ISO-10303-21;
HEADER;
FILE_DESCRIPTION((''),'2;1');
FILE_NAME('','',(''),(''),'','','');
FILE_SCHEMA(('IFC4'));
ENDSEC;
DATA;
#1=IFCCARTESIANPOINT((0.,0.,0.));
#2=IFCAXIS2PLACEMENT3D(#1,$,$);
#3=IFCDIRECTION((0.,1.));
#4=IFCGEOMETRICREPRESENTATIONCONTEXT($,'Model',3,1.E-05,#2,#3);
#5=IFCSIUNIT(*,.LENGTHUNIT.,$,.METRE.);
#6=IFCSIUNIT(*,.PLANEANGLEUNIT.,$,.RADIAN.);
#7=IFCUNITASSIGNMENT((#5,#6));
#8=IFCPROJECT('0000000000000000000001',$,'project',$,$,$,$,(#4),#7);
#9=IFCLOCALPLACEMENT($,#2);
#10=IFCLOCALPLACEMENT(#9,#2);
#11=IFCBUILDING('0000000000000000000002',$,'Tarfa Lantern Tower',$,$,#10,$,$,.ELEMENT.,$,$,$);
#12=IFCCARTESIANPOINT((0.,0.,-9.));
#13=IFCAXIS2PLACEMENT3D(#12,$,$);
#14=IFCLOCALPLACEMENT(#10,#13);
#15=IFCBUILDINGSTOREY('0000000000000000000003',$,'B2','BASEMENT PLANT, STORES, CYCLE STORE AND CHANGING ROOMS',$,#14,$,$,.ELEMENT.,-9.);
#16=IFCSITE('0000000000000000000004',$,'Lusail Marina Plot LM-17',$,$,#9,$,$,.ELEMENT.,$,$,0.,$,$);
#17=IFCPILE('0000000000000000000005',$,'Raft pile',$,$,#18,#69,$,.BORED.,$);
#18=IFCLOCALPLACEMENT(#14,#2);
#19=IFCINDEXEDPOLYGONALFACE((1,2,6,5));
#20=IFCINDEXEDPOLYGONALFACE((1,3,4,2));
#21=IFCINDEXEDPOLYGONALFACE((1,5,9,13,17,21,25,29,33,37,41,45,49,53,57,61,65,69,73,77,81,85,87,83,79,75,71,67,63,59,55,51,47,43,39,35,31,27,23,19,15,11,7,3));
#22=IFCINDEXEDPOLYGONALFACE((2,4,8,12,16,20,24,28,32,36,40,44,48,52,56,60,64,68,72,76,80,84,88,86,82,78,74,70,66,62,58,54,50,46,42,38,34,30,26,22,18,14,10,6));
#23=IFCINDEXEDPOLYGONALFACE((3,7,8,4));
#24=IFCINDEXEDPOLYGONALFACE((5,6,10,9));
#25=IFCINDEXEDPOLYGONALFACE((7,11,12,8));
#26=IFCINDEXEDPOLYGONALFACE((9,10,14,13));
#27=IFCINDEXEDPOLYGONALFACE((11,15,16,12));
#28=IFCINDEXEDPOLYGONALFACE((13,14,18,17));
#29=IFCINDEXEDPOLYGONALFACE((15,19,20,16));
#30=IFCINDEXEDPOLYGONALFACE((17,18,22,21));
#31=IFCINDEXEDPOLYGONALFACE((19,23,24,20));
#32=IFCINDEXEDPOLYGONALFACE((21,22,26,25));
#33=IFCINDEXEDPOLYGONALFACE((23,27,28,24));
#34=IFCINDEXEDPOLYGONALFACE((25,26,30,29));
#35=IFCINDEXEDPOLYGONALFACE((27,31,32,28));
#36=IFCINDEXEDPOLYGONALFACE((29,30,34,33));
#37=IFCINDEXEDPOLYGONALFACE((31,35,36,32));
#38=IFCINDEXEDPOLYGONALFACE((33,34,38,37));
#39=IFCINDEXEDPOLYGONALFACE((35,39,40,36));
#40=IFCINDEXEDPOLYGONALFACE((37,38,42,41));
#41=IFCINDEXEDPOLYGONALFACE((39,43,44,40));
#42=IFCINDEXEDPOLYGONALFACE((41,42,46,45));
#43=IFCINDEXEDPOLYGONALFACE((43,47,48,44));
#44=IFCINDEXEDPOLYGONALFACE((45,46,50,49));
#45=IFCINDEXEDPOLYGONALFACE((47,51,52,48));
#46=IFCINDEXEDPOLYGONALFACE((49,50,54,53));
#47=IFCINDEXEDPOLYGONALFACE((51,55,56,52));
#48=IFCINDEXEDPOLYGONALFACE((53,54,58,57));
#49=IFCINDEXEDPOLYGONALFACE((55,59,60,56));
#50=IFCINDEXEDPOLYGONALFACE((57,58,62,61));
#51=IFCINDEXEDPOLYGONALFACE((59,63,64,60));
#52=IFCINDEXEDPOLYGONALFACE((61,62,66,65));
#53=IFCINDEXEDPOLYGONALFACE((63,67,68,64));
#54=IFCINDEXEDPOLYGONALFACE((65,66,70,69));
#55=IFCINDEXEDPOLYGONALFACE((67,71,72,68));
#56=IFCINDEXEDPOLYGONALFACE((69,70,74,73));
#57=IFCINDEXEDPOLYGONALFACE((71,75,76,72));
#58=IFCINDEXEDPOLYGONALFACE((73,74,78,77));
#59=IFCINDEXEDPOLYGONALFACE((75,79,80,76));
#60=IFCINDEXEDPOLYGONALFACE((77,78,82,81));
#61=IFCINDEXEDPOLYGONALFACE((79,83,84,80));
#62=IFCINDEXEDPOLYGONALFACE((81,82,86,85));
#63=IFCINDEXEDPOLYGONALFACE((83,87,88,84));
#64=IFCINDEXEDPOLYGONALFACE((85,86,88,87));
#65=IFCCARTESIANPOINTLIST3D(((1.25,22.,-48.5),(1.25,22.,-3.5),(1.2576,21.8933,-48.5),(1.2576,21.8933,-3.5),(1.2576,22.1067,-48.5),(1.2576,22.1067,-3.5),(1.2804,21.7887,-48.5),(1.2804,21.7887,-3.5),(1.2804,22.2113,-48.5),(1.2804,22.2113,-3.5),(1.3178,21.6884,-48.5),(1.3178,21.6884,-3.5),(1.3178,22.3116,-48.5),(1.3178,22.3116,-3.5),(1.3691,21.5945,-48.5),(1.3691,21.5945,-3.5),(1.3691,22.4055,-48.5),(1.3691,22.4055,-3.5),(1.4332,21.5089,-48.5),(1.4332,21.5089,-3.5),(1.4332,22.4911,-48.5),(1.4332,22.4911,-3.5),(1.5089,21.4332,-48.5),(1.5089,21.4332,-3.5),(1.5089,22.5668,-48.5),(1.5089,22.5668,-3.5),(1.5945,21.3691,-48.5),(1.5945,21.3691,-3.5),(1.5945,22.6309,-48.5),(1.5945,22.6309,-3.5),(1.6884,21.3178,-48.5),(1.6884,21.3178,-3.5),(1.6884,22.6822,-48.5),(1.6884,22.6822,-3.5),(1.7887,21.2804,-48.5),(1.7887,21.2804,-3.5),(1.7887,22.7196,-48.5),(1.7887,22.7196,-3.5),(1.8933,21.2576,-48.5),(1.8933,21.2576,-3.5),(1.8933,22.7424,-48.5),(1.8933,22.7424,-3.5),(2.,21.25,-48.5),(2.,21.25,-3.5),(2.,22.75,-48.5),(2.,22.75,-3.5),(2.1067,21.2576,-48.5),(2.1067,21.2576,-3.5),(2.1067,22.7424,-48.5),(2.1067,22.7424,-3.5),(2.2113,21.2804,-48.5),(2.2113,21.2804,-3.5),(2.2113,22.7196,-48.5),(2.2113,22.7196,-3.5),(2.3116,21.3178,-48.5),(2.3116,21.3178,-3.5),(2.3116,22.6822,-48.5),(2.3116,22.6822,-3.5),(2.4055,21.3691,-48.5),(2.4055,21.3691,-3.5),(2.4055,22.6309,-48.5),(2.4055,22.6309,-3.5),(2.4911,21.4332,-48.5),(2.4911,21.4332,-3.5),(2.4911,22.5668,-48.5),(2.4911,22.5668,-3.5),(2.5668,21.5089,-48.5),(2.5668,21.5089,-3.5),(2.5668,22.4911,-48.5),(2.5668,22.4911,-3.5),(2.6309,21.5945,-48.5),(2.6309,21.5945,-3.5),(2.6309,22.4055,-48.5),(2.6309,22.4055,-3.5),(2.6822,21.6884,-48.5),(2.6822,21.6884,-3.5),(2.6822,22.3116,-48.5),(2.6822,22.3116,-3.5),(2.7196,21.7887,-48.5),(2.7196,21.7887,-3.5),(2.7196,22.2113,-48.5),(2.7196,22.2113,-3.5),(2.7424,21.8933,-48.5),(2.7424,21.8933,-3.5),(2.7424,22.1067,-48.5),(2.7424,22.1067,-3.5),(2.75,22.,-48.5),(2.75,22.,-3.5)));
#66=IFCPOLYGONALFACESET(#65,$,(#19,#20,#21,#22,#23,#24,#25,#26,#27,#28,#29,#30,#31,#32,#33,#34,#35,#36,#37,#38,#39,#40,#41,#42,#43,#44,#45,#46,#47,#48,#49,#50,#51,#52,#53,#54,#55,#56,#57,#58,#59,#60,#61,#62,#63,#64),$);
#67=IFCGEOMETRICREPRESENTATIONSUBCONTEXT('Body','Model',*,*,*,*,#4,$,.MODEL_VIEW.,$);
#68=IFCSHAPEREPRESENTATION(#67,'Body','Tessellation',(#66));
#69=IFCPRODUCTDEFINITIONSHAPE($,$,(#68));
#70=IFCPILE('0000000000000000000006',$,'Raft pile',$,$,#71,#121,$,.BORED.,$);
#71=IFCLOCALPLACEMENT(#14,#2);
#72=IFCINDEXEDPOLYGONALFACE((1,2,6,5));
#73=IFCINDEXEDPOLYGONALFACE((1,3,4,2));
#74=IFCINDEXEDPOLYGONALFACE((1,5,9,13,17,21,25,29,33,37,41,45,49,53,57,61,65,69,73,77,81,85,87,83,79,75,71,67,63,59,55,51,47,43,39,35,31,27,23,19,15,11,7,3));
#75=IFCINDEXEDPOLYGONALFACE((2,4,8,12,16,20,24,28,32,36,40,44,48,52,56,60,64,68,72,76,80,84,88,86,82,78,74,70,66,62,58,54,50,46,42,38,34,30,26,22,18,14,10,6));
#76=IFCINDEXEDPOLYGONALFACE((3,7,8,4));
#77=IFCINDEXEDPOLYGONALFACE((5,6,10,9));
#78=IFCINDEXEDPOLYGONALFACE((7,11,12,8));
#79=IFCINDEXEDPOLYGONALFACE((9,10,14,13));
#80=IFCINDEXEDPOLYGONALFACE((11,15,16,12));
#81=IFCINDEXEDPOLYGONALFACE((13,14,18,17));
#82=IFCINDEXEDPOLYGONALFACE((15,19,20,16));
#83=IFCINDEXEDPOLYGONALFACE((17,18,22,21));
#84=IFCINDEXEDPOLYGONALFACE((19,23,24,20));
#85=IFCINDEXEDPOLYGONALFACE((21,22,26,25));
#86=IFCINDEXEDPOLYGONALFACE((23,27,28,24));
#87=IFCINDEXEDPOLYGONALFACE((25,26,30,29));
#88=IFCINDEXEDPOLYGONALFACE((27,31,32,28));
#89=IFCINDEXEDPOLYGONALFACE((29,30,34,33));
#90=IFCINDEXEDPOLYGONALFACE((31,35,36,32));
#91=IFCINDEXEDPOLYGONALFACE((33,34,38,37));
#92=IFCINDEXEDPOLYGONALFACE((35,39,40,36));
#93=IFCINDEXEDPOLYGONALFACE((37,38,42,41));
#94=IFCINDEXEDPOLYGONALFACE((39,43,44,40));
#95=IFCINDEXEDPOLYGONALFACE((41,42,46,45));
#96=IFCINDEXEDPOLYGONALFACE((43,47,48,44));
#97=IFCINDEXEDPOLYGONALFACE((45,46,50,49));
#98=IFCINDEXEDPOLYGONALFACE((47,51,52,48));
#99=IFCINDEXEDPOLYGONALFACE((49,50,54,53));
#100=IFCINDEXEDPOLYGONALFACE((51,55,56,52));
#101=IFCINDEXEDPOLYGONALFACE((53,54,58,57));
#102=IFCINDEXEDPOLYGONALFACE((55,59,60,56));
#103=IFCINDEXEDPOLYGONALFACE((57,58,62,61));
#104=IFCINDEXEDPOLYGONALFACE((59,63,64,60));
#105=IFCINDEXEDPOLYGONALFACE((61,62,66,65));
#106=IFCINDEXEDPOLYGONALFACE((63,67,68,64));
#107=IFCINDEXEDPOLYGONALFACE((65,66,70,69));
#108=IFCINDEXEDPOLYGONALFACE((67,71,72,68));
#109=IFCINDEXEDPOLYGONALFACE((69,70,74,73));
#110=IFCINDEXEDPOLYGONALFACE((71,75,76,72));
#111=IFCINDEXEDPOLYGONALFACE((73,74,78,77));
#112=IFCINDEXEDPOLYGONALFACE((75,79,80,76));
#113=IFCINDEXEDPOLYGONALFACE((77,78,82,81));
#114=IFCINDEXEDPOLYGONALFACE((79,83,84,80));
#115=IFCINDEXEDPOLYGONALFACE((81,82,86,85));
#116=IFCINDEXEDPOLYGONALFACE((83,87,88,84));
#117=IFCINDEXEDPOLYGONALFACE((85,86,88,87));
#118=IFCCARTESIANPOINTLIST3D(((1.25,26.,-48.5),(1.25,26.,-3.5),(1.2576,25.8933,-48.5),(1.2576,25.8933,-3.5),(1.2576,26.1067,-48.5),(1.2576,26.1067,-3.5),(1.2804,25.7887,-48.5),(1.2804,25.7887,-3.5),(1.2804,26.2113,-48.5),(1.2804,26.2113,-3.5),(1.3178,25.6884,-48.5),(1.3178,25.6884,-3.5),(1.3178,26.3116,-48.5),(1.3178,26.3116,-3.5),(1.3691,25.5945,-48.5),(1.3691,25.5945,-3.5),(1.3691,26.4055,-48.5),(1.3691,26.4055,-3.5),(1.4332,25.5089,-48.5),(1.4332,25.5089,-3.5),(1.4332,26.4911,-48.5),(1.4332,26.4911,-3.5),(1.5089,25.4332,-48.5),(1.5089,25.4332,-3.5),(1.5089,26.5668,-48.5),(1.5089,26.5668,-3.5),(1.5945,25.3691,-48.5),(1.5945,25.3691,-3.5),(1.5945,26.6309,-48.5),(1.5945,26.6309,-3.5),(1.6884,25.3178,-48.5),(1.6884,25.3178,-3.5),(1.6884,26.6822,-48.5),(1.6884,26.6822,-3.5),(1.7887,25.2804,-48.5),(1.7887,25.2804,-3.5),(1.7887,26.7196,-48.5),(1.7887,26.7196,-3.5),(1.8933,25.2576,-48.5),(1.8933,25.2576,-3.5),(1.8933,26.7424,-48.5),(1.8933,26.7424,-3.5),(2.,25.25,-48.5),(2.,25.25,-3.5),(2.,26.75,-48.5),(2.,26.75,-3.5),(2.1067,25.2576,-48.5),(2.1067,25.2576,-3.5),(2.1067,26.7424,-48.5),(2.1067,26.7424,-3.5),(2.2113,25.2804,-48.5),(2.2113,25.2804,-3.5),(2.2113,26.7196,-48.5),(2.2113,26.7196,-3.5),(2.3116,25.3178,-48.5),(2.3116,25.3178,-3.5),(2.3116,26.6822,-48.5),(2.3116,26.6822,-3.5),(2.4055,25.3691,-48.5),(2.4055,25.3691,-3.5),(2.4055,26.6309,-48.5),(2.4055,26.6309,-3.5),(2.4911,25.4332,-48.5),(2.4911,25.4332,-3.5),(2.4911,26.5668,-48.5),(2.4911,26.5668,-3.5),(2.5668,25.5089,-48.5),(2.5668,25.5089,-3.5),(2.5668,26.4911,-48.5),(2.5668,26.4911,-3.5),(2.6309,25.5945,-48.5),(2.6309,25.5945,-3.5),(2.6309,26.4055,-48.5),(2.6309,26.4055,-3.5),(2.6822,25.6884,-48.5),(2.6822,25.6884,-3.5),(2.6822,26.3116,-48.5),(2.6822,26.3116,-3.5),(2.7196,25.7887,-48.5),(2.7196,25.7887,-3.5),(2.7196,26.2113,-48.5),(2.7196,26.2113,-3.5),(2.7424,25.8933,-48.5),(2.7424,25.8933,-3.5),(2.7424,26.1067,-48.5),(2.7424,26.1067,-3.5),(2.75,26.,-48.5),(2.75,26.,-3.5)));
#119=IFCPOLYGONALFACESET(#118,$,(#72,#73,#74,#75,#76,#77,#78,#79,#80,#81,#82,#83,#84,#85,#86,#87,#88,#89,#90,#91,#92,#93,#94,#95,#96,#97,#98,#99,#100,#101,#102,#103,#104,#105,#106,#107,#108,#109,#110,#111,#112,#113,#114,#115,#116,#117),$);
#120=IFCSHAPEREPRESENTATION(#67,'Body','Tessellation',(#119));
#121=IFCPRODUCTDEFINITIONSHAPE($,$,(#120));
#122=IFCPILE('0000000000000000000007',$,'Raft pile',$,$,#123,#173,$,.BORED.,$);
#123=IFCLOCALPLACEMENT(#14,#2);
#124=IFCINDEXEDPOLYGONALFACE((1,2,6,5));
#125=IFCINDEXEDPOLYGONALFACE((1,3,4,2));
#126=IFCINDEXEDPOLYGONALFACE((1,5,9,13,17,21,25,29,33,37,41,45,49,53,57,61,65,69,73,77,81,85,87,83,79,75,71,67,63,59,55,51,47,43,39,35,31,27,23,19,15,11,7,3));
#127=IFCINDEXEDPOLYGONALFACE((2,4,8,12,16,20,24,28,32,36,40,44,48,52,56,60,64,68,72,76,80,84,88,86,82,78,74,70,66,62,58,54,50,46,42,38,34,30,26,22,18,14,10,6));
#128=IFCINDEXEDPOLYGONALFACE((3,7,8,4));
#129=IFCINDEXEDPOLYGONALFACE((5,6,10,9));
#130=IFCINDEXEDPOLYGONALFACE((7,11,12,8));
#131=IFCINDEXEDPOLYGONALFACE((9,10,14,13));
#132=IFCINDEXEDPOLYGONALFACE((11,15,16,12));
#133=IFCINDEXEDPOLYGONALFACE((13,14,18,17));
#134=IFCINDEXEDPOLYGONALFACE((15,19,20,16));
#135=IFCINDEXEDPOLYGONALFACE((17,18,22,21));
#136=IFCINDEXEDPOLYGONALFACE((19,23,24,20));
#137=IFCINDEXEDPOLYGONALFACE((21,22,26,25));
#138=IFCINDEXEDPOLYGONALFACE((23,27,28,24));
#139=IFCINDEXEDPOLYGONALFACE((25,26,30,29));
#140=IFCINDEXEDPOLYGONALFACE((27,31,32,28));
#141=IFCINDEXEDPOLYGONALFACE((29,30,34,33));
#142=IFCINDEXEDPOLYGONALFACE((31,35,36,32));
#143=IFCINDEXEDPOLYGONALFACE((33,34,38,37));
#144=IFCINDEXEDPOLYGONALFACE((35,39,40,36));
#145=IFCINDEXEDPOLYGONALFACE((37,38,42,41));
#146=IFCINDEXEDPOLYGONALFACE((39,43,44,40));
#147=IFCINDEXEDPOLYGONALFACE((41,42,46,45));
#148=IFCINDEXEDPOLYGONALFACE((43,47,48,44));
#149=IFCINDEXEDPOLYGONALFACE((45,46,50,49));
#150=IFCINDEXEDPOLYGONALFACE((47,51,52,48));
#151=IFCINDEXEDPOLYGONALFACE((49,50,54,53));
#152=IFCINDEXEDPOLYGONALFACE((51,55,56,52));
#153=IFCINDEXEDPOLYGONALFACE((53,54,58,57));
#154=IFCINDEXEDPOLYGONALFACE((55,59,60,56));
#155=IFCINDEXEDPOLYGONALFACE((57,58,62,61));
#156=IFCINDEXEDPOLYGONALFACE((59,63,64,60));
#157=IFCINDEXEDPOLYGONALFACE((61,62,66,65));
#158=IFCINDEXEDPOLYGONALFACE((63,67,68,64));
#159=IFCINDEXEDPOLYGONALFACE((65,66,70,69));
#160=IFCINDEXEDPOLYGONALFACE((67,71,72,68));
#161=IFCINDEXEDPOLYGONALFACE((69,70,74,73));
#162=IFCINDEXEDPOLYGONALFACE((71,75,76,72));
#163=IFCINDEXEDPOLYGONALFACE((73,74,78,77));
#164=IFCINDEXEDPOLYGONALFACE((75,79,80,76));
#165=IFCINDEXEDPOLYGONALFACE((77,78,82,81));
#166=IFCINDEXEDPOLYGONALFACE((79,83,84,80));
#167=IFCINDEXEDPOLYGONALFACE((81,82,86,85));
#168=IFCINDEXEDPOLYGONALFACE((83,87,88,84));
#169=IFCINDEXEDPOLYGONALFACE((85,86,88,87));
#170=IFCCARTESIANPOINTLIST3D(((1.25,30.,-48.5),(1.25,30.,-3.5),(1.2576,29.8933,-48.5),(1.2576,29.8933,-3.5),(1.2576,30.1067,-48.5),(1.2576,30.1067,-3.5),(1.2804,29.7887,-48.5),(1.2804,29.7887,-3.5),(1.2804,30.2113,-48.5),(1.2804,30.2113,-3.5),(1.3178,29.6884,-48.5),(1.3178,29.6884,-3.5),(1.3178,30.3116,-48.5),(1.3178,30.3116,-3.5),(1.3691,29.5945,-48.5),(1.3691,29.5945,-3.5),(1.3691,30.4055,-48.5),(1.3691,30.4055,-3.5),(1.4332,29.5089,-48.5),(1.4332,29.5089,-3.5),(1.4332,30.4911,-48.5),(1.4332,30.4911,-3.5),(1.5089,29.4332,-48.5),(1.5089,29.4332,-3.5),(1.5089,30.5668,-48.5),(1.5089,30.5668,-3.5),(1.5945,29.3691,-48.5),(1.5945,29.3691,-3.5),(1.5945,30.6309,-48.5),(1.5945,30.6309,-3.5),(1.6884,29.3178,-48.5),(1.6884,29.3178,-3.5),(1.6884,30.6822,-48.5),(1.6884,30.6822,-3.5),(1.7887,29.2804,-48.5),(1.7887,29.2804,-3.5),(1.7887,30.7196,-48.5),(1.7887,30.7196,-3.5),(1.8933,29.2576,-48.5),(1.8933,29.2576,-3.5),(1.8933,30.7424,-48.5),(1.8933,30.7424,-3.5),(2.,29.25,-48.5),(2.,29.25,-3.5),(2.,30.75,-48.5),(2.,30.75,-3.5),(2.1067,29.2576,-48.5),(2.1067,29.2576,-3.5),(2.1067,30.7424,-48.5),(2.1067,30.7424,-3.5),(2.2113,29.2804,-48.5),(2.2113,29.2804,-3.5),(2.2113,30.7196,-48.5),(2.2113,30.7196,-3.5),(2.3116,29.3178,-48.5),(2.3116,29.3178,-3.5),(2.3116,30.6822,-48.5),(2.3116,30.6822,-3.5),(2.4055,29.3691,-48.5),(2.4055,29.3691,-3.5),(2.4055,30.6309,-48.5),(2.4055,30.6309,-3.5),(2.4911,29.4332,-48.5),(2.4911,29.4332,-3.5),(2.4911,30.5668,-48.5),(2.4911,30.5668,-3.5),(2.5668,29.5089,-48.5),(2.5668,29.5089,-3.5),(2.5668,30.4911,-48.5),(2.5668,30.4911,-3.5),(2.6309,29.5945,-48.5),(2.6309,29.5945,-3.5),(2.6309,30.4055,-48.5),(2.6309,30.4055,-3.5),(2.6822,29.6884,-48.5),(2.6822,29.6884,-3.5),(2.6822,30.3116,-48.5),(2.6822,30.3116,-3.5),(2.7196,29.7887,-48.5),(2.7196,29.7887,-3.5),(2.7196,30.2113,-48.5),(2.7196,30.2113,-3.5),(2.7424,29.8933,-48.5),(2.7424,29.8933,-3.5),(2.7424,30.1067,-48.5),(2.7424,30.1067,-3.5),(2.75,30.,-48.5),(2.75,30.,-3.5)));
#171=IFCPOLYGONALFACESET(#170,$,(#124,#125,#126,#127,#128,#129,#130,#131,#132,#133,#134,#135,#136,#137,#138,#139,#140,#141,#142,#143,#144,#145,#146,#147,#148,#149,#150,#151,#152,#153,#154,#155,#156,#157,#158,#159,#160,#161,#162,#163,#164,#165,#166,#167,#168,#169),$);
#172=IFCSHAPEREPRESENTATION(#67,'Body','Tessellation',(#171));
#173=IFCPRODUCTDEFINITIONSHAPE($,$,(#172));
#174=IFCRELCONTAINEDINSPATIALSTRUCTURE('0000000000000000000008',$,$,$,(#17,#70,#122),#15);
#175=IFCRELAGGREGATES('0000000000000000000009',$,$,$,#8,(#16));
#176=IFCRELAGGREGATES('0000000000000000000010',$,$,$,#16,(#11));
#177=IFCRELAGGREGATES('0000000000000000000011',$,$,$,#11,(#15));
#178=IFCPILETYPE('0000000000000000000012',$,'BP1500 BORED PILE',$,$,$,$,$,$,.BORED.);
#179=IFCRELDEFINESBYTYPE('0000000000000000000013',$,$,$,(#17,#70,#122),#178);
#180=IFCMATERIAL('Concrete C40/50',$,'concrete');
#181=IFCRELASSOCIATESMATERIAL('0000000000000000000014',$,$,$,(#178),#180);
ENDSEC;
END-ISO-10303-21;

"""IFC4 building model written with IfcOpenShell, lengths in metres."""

from ifc_helpers import new_model, si_unit, direction, frame, origin, origin_2d, place, context, subcontext, project, spatial, circle, extrude, material, material_profile, profile_set, type_object, element, save


model = new_model("IFC4")

# Units and contexts
model_context = context("Model", 3, precision=1e-05, world=origin(), true_north=direction((0.0, 1.0)))
body_context = subcontext(model_context, "Body", "Model", "MODEL_VIEW")
ifc_project = project(units=[si_unit("LENGTHUNIT", "METRE"), si_unit("PLANEANGLEUNIT", "RADIAN")], contexts=[model_context])

# Site, building, storey
site_placement = place(None, origin())
site = spatial("IfcSite", under=ifc_project, at=site_placement, Name="Lusail Marina Plot LM-17", CompositionType="ELEMENT", RefElevation=0.0)
building_placement = place(site_placement, origin())
building = spatial("IfcBuilding", under=site, at=building_placement, Name="Tarfa Lantern Tower", CompositionType="ELEMENT")
storey_placement = place(building_placement, frame((0.0, 0.0, -9.0)))
storey = spatial("IfcBuildingStorey", under=building, at=storey_placement, Name="B2", Description="BASEMENT PLANT, STORES, CYCLE STORE AND CHANGING ROOMS", CompositionType="ELEMENT", Elevation=-9.0)

# Piles
ifc_material_1 = material(Name="Concrete C40/50", Category="concrete")
ifc_material_profile_1 = material_profile(ifc_material_1, circle(Radius=0.75, at=origin_2d()), Name="BORED PILE D1500")
ifc_profile_set_1 = profile_set([ifc_material_profile_1], Name="Concrete C40/50")
pile_type = type_object("IfcPileType", Name="BP1500 BORED PILE", PredefinedType="BORED", material=ifc_profile_set_1)
for number, where, z_axis, x_axis, name in (
    (1, (2.0, 22.0, -3.5), (0.0, 0.0, -1.0), (1.0, 0.0, 0.0), "Raft pile"),
    (2, (2.0, 26.0, -3.5), (0.0, 0.0, -1.0), (1.0, 0.0, 0.0), "Raft pile"),
    (3, (2.0, 30.0, -3.5), (0.0, 0.0, -1.0), (1.0, 0.0, 0.0), "Raft pile"),
):
    element("IfcPile", number, at=place(storey_placement, frame(where, z_axis=z_axis, x_axis=x_axis)), inside=storey, type_object=pile_type, Name=name, PredefinedType="BORED", context=body_context, shape_type="SweptSolid", body=[
        extrude(circle(Radius=0.75, at=origin_2d()), origin(), (0.0, 0.0, 1.0), 45.0),
    ])

save(model, "model.ifc")
